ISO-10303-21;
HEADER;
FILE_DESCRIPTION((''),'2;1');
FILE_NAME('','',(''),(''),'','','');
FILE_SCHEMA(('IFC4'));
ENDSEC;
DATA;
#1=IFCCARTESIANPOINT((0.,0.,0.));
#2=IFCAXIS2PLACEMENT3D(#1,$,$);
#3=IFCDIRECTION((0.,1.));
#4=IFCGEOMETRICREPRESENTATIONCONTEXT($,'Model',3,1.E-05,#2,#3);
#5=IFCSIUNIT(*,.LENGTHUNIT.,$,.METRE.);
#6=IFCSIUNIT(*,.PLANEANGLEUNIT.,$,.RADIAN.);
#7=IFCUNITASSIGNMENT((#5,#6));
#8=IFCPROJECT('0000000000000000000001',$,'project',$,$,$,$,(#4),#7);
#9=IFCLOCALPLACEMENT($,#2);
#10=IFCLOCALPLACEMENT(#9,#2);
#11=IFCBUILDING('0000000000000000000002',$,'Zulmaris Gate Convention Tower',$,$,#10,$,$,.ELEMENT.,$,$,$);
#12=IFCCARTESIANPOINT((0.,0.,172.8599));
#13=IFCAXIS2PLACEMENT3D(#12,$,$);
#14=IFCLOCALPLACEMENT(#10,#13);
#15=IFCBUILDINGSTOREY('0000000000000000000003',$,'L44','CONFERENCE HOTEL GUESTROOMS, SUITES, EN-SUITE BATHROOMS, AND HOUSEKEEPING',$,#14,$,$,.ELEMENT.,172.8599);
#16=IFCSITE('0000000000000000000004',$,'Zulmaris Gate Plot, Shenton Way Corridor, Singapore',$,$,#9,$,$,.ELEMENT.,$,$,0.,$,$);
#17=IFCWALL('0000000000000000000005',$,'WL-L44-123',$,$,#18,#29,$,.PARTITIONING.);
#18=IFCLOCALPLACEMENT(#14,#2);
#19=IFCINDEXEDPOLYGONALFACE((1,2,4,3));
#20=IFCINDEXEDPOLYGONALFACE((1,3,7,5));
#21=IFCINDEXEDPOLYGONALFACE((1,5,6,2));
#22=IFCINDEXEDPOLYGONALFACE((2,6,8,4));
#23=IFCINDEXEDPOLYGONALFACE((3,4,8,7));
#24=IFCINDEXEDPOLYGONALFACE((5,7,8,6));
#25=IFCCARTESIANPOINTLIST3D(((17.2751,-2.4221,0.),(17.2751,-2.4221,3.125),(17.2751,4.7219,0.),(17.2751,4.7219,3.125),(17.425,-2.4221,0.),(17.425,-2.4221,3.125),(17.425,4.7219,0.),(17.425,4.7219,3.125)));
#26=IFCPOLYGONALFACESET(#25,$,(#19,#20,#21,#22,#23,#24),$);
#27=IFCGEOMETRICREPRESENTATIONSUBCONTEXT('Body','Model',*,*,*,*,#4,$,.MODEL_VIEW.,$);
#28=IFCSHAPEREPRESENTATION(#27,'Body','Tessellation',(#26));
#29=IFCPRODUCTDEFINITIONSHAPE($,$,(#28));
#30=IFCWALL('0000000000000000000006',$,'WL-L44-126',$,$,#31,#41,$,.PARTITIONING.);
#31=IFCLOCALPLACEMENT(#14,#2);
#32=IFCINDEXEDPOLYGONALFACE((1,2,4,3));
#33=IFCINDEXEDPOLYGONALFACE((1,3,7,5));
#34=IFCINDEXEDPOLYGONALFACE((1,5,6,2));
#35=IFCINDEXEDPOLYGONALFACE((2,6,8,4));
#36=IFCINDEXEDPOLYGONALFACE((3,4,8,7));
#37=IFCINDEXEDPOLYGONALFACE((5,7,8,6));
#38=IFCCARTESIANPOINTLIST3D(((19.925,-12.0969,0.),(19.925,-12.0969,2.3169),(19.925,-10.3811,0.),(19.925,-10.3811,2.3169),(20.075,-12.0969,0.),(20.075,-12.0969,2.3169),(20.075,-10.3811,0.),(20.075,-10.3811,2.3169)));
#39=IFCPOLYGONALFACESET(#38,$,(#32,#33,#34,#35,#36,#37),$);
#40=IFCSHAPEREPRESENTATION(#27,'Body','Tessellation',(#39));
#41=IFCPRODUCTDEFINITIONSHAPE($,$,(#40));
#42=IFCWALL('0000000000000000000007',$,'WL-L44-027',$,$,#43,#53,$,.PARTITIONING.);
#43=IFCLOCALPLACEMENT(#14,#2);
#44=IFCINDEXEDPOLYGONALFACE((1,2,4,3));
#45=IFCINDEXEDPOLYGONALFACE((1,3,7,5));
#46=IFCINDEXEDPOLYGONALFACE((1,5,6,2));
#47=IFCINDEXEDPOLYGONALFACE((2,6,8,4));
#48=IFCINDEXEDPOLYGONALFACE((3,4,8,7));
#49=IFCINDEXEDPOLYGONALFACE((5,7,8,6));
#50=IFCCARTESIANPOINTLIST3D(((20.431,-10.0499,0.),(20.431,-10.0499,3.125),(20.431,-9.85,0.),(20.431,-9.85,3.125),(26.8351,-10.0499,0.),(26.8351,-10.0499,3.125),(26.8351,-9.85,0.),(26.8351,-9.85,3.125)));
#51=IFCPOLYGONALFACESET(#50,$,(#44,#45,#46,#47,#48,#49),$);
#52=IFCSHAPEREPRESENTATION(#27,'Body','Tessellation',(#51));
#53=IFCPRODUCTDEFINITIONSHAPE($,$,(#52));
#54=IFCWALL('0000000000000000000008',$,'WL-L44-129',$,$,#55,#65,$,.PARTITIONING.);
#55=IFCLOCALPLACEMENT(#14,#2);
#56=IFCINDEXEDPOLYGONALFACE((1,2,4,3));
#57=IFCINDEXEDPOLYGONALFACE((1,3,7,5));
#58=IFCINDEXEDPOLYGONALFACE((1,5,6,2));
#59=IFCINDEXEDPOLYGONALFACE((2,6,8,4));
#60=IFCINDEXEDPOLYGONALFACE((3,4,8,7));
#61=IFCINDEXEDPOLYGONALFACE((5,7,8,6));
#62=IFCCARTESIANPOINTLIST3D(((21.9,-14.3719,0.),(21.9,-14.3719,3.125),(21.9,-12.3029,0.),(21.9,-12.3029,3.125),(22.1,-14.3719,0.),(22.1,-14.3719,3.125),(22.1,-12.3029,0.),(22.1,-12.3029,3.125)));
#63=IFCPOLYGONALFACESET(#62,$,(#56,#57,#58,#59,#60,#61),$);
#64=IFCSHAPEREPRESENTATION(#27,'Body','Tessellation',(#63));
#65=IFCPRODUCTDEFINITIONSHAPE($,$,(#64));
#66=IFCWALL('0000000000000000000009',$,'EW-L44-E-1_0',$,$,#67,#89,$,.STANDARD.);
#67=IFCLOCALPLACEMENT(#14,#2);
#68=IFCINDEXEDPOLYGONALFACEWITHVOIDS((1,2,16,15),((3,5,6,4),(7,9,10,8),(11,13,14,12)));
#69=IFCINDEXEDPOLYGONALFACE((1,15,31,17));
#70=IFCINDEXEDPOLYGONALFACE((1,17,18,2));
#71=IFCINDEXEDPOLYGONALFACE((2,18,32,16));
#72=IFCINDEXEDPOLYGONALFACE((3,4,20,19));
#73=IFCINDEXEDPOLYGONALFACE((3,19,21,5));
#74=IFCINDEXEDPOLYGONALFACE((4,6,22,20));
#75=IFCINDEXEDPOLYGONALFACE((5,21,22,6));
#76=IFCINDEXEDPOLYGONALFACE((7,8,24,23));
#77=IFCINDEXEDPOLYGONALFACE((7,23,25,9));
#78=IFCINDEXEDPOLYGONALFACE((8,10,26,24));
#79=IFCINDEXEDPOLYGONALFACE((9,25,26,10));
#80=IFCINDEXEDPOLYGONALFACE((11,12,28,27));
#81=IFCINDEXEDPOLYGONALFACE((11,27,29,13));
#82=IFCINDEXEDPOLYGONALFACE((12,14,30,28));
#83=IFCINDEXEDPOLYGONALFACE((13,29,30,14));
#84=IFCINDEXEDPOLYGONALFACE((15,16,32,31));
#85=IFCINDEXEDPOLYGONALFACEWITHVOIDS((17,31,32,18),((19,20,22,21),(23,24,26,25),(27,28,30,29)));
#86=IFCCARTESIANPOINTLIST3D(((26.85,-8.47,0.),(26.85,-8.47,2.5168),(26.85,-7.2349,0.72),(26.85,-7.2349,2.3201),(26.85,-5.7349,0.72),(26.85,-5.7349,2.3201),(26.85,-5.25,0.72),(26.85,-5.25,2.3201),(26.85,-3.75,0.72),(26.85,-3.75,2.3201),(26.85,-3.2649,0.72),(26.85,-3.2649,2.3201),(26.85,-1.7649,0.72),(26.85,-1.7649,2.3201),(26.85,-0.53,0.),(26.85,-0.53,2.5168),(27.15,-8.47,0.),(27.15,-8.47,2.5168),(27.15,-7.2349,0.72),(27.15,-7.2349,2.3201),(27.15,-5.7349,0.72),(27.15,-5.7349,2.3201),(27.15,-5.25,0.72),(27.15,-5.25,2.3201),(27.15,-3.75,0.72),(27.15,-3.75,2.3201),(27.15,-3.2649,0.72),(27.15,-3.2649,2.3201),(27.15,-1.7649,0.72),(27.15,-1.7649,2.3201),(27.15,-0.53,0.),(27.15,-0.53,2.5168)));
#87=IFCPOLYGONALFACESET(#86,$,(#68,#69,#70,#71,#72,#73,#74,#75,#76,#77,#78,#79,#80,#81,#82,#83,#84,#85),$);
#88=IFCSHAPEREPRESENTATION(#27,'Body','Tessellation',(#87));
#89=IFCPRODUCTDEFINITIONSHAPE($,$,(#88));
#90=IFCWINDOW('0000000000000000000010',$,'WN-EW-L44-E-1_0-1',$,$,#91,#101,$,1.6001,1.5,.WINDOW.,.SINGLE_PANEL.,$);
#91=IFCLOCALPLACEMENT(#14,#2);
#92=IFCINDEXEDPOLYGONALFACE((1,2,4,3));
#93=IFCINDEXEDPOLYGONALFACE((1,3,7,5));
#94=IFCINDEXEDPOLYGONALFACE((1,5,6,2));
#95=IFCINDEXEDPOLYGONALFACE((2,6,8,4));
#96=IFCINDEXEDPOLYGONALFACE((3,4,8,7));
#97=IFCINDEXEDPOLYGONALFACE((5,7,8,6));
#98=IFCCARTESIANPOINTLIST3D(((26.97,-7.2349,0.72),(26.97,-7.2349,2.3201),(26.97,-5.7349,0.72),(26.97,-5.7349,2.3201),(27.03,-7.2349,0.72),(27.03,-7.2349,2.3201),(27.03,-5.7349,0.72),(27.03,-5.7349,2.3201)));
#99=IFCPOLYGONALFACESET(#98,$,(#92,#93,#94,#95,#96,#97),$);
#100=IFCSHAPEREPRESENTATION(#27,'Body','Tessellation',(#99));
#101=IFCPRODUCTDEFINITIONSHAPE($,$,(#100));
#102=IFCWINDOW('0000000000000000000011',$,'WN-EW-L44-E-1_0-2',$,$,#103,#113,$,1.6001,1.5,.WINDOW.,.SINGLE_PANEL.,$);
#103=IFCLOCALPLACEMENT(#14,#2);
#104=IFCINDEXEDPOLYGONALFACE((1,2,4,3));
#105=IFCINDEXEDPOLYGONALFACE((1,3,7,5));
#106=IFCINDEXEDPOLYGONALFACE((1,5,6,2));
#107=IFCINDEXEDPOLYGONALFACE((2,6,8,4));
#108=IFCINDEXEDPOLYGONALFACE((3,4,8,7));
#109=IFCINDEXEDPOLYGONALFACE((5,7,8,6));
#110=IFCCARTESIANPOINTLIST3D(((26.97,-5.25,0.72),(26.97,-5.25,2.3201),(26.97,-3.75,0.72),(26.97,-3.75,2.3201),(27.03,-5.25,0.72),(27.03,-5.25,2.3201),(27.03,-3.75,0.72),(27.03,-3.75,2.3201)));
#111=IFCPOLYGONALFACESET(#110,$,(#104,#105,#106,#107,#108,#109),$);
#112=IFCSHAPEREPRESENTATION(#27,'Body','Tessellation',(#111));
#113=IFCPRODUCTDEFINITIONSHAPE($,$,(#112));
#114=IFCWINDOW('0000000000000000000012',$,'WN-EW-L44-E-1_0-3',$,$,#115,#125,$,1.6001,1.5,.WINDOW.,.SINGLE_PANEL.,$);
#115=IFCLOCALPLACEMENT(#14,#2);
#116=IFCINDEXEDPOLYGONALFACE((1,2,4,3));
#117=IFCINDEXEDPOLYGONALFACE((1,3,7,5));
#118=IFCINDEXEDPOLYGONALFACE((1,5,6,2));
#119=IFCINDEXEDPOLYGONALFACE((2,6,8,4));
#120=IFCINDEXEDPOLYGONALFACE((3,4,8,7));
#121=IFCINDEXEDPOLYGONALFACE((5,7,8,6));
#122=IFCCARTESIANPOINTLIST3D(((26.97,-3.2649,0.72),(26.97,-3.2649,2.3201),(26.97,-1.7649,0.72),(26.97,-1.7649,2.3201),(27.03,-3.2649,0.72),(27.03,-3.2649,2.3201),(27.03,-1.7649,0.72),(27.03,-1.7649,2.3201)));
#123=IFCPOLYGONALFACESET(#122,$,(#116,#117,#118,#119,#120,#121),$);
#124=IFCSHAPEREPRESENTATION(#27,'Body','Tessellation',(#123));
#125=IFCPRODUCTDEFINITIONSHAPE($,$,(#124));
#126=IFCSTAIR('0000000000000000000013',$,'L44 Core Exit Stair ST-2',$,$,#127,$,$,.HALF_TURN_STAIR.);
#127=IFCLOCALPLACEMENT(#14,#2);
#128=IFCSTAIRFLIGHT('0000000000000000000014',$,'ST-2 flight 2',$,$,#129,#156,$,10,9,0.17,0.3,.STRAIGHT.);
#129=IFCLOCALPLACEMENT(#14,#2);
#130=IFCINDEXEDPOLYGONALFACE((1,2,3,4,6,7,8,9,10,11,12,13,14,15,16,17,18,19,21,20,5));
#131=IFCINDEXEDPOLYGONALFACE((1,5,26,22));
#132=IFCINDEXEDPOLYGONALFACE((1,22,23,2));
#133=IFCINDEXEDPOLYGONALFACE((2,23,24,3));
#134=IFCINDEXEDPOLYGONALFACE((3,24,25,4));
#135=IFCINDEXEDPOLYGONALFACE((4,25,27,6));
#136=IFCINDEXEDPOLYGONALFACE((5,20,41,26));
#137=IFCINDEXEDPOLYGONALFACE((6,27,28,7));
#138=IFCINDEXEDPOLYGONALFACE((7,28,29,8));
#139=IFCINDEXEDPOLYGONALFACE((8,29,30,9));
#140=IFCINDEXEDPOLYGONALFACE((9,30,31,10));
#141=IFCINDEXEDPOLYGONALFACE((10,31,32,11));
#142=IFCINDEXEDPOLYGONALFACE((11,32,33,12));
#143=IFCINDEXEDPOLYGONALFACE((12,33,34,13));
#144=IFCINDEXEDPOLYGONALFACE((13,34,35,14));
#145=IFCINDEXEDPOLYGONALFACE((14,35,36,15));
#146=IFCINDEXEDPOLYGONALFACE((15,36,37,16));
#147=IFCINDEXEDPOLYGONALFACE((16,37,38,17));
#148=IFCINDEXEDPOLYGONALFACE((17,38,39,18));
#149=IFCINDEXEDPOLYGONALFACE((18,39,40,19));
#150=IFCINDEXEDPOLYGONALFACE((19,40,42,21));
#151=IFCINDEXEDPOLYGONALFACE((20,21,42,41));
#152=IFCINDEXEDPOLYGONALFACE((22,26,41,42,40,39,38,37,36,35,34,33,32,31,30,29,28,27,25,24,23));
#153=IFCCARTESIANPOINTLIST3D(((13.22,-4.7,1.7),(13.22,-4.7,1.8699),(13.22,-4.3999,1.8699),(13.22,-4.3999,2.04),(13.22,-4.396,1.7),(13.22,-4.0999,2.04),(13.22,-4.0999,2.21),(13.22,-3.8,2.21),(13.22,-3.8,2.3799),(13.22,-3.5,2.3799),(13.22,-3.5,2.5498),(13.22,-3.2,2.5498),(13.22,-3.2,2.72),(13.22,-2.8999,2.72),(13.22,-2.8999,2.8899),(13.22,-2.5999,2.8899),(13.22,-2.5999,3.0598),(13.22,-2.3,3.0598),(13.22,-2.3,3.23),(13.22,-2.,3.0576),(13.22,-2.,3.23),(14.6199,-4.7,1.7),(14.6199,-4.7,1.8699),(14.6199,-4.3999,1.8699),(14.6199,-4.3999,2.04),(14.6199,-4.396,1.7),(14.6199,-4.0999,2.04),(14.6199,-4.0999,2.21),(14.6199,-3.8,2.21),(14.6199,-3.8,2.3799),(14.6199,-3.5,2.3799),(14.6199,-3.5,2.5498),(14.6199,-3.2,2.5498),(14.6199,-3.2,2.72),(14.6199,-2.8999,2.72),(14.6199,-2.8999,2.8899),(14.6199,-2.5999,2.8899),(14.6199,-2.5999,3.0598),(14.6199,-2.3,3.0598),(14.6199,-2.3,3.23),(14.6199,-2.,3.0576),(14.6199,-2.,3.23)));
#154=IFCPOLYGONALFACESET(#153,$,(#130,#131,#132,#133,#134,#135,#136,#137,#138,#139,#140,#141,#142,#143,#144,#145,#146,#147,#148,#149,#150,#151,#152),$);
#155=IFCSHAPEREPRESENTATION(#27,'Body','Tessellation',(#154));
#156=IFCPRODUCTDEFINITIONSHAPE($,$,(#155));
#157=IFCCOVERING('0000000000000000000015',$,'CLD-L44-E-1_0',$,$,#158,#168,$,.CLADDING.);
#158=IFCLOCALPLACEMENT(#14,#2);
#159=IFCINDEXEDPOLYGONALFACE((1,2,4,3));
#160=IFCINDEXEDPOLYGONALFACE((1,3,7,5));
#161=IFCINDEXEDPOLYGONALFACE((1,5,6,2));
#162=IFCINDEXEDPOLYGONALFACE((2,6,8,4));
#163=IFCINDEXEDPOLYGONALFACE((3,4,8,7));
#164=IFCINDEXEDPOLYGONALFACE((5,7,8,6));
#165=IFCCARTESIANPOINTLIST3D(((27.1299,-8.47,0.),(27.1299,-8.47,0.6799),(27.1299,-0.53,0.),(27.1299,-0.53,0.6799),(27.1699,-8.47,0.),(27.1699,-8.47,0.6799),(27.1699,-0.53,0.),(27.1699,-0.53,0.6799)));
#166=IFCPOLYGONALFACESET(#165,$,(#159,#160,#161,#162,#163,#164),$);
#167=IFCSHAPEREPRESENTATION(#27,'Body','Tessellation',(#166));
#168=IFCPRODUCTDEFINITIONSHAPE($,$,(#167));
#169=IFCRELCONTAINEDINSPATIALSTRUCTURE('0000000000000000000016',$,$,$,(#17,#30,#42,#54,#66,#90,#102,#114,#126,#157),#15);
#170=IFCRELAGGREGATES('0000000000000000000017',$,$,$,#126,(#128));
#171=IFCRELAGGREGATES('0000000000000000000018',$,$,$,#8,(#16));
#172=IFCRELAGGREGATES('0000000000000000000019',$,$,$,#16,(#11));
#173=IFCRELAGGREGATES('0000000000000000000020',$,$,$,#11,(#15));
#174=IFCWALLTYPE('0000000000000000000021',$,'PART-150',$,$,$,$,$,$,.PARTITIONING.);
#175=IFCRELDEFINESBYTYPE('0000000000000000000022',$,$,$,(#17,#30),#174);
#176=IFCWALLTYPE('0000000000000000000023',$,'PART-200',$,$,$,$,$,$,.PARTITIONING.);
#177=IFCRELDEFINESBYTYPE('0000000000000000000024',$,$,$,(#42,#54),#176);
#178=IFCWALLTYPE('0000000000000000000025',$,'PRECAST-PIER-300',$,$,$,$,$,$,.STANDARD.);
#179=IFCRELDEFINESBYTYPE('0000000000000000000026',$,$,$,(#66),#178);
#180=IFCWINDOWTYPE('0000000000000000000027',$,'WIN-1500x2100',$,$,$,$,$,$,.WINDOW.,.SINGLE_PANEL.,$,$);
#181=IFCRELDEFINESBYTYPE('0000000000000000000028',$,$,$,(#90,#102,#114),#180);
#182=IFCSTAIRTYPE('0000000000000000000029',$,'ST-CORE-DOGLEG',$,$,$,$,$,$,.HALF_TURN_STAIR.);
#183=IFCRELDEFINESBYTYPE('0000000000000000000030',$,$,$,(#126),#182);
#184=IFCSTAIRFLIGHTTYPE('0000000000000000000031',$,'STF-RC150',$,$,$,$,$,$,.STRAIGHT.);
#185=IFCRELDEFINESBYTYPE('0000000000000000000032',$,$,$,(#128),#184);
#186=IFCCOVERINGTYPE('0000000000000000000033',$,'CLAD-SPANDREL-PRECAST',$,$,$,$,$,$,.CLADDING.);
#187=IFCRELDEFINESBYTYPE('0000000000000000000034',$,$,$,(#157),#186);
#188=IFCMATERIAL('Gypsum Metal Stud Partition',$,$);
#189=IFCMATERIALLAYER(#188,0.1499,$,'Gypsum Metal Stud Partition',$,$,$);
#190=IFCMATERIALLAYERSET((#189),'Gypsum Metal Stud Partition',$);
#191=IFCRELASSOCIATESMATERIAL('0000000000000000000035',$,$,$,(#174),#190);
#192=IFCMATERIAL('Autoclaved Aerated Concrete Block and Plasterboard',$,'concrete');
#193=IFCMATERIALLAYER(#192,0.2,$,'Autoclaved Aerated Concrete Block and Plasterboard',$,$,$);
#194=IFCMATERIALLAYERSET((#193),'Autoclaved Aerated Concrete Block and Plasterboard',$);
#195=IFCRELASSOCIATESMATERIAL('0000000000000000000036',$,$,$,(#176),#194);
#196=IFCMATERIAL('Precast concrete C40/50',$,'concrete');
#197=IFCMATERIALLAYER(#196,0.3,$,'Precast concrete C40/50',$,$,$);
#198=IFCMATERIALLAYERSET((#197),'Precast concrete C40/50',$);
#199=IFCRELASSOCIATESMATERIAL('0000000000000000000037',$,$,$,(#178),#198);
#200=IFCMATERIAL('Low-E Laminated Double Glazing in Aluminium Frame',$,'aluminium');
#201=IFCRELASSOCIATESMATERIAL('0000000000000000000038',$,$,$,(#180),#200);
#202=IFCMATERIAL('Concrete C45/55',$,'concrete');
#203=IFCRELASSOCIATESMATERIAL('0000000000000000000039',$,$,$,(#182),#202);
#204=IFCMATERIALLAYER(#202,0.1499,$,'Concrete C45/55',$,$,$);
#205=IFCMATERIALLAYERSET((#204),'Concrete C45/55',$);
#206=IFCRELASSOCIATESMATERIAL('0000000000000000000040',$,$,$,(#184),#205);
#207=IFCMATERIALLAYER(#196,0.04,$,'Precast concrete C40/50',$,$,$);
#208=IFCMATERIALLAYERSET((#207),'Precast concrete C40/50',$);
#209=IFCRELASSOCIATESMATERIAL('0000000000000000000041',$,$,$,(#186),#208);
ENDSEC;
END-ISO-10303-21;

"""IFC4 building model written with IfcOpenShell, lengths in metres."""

from ifc_helpers import new_model, si_unit, direction, frame, frame_2d, origin, place, context, subcontext, project, spatial, polyline, rectangle, outline, extrude, material, layer, layer_set, type_object, element, fill, aggregate, save


model = new_model("IFC4")

# Units and contexts
model_context = context("Model", 3, precision=1e-05, world=origin(), true_north=direction((0.0, 1.0)))
body_context = subcontext(model_context, "Body", "Model", "MODEL_VIEW")
ifc_project = project(units=[si_unit("LENGTHUNIT", "METRE"), si_unit("PLANEANGLEUNIT", "RADIAN")], contexts=[model_context])

# Site, building, storey
site_placement = place(None, origin())
site = spatial("IfcSite", under=ifc_project, at=site_placement, Name="Zulmaris Gate Plot, Shenton Way Corridor, Singapore", CompositionType="ELEMENT", RefElevation=0.0)
building_placement = place(site_placement, origin())
building = spatial("IfcBuilding", under=site, at=building_placement, Name="Zulmaris Gate Convention Tower", CompositionType="ELEMENT")
storey_placement = place(building_placement, frame((0.0, 0.0, 172.8599)))
storey = spatial("IfcBuildingStorey", under=building, at=storey_placement, Name="L44", Description="CONFERENCE HOTEL GUESTROOMS, SUITES, EN-SUITE BATHROOMS, AND HOUSEKEEPING", CompositionType="ELEMENT", Elevation=172.8599)

# Shared definitions
ifc_material_1 = material(Name="Gypsum Metal Stud Partition")
ifc_layer_1 = layer(ifc_material_1, 0.1499, Name="Gypsum Metal Stud Partition")
ifc_layer_set_1 = layer_set([ifc_layer_1], Name="Gypsum Metal Stud Partition")
wall_type_1 = type_object("IfcWallType", Name="PART-150", PredefinedType="PARTITIONING", material=ifc_layer_set_1)

# Walls
wall_1_placement = place(storey_placement, frame((17.3501, -2.4221, 0.0), z_axis=(0.0, 0.0, 1.0), x_axis=(0.0, 1.0, 0.0)))
element("IfcWall", 1, at=wall_1_placement, inside=storey, type_object=wall_type_1, Name="WL-L44-123", PredefinedType="PARTITIONING", context=body_context, shape_type="SweptSolid", body=[
    extrude(rectangle(XDim=7.144, YDim=0.1499, at=frame_2d((3.572, 0.0))), origin(), (0.0, 0.0, 1.0), 3.125),
])
wall_2_placement = place(storey_placement, frame((20.0, -12.0969, 0.0), z_axis=(0.0, 0.0, 1.0), x_axis=(0.0, 1.0, 0.0)))
element("IfcWall", 2, at=wall_2_placement, inside=storey, type_object=wall_type_1, Name="WL-L44-126", PredefinedType="PARTITIONING", context=body_context, shape_type="SweptSolid", body=[
    extrude(rectangle(XDim=1.7158, YDim=0.1499, at=frame_2d((0.8579, 0.0))), origin(), (0.0, 0.0, 1.0), 2.3169),
])
ifc_material_2 = material(Name="Autoclaved Aerated Concrete Block and Plasterboard", Category="concrete")
ifc_layer_2 = layer(ifc_material_2, 0.2, Name="Autoclaved Aerated Concrete Block and Plasterboard")
ifc_layer_set_2 = layer_set([ifc_layer_2], Name="Autoclaved Aerated Concrete Block and Plasterboard")
wall_type_2 = type_object("IfcWallType", Name="PART-200", PredefinedType="PARTITIONING", material=ifc_layer_set_2)
wall_3_placement = place(storey_placement, frame((20.4309, -9.95, 0.0), z_axis=(0.0, 0.0, 1.0), x_axis=(1.0, 0.0, 0.0)))
element("IfcWall", 3, at=wall_3_placement, inside=storey, type_object=wall_type_2, Name="WL-L44-027", PredefinedType="PARTITIONING", context=body_context, shape_type="SweptSolid", body=[
    extrude(rectangle(XDim=6.4041, YDim=0.2, at=frame_2d((3.2021, 0.0))), origin(), (0.0, 0.0, 1.0), 3.125),
])
wall_4_placement = place(storey_placement, frame((22.0, -14.3721, 0.0), z_axis=(0.0, 0.0, 1.0), x_axis=(0.0, 1.0, 0.0)))
element("IfcWall", 4, at=wall_4_placement, inside=storey, type_object=wall_type_2, Name="WL-L44-129", PredefinedType="PARTITIONING", context=body_context, shape_type="SweptSolid", body=[
    extrude(rectangle(XDim=2.0691, YDim=0.2, at=frame_2d((1.0347, 0.0))), origin(), (0.0, 0.0, 1.0), 3.125),
])

# Wall, openings, windows
ifc_material_3 = material(Name="Precast concrete C40/50", Category="concrete")
ifc_layer_3 = layer(ifc_material_3, 0.3, Name="Precast concrete C40/50")
ifc_layer_set_3 = layer_set([ifc_layer_3], Name="Precast concrete C40/50")
wall_type_3 = type_object("IfcWallType", Name="PRECAST-PIER-300", PredefinedType="STANDARD", material=ifc_layer_set_3)
wall_5_placement = place(storey_placement, frame((27.0, -8.47, 0.0), z_axis=(0.0, 0.0, 1.0), x_axis=(0.0, 1.0, 0.0)))
wall_5 = element("IfcWall", 5, at=wall_5_placement, inside=storey, type_object=wall_type_3, Name="EW-L44-E-1_0", PredefinedType="STANDARD", context=body_context, shape_type="SweptSolid", body=[
    extrude(rectangle(XDim=7.9399, YDim=0.3, at=frame_2d((3.97, 0.0))), origin(), (0.0, 0.0, 1.0), 2.5168),
])
opening_1_placement = place(wall_5_placement, frame((1.2351, 0.0, 0.72)))
opening_1 = element("IfcOpeningElement", 6, at=opening_1_placement, cuts=wall_5, PredefinedType="OPENING", context=body_context, shape_type="SweptSolid", body=[
    extrude(rectangle(XDim=1.5, YDim=1.6001, at=frame_2d((0.75, 0.8))), frame((0.0, 0.1602, 0.0), z_axis=(0.0, -1.0, 0.0), x_axis=(1.0, 0.0, 0.0)), (0.0, 0.0, 1.0), 0.3201),
])
opening_2_placement = place(wall_5_placement, frame((3.22, 0.0, 0.72)))
opening_2 = element("IfcOpeningElement", 7, at=opening_2_placement, cuts=wall_5, PredefinedType="OPENING", context=body_context, shape_type="SweptSolid", body=[
    extrude(rectangle(XDim=1.5, YDim=1.6001, at=frame_2d((0.75, 0.8))), frame((0.0, 0.1602, 0.0), z_axis=(0.0, -1.0, 0.0), x_axis=(1.0, 0.0, 0.0)), (0.0, 0.0, 1.0), 0.3201),
])
opening_3_placement = place(wall_5_placement, frame((5.2051, 0.0, 0.72)))
opening_3 = element("IfcOpeningElement", 8, at=opening_3_placement, cuts=wall_5, PredefinedType="OPENING", context=body_context, shape_type="SweptSolid", body=[
    extrude(rectangle(XDim=1.5, YDim=1.6001, at=frame_2d((0.75, 0.8))), frame((0.0, 0.1602, 0.0), z_axis=(0.0, -1.0, 0.0), x_axis=(1.0, 0.0, 0.0)), (0.0, 0.0, 1.0), 0.3201),
])
ifc_material_4 = material(Name="Low-E Laminated Double Glazing in Aluminium Frame", Category="aluminium")
window_type = type_object("IfcWindowType", Name="WIN-1500x2100", PartitioningType="SINGLE_PANEL", PredefinedType="WINDOW", material=ifc_material_4)
window_1_placement = place(opening_1_placement, origin())
window_1 = element("IfcWindow", 9, at=window_1_placement, inside=storey, type_object=window_type, Name="WN-EW-L44-E-1_0-1", OverallHeight=1.6001, OverallWidth=1.5, PartitioningType="SINGLE_PANEL", PredefinedType="WINDOW", context=body_context, shape_type="SweptSolid", body=[
    extrude(rectangle(XDim=1.5, YDim=1.6001, at=frame_2d((0.75, 0.8))), frame((0.0, 0.03, 0.0), z_axis=(0.0, -1.0, 0.0), x_axis=(1.0, 0.0, 0.0)), (0.0, 0.0, 1.0), 0.0601),
])
fill(opening_1, window_1)
window_2_placement = place(opening_2_placement, origin())
window_2 = element("IfcWindow", 10, at=window_2_placement, inside=storey, type_object=window_type, Name="WN-EW-L44-E-1_0-2", OverallHeight=1.6001, OverallWidth=1.5, PartitioningType="SINGLE_PANEL", PredefinedType="WINDOW", context=body_context, shape_type="SweptSolid", body=[
    extrude(rectangle(XDim=1.5, YDim=1.6001, at=frame_2d((0.75, 0.8))), frame((0.0, 0.03, 0.0), z_axis=(0.0, -1.0, 0.0), x_axis=(1.0, 0.0, 0.0)), (0.0, 0.0, 1.0), 0.0601),
])
fill(opening_2, window_2)
window_3_placement = place(opening_3_placement, origin())
window_3 = element("IfcWindow", 11, at=window_3_placement, inside=storey, type_object=window_type, Name="WN-EW-L44-E-1_0-3", OverallHeight=1.6001, OverallWidth=1.5, PartitioningType="SINGLE_PANEL", PredefinedType="WINDOW", context=body_context, shape_type="SweptSolid", body=[
    extrude(rectangle(XDim=1.5, YDim=1.6001, at=frame_2d((0.75, 0.8))), frame((0.0, 0.03, 0.0), z_axis=(0.0, -1.0, 0.0), x_axis=(1.0, 0.0, 0.0)), (0.0, 0.0, 1.0), 0.0601),
])
fill(opening_3, window_3)

# Stair, stair flight
ifc_material_5 = material(Name="Concrete C45/55", Category="concrete")
stair_type = type_object("IfcStairType", Name="ST-CORE-DOGLEG", PredefinedType="HALF_TURN_STAIR", material=ifc_material_5)
stair_placement = place(storey_placement, origin())
stair = element("IfcStair", 12, at=stair_placement, inside=storey, type_object=stair_type, Name="L44 Core Exit Stair ST-2", PredefinedType="HALF_TURN_STAIR")
ifc_layer_4 = layer(ifc_material_5, 0.1499, Name="Concrete C45/55")
ifc_layer_set_4 = layer_set([ifc_layer_4], Name="Concrete C45/55")
stair_flight_type = type_object("IfcStairFlightType", Name="STF-RC150", PredefinedType="STRAIGHT", material=ifc_layer_set_4)
stair_flight_placement = place(storey_placement, frame((13.9199, -4.7, 1.7), z_axis=(0.0, 0.0, 1.0), x_axis=(0.0, 1.0, 0.0)))
stair_flight = element("IfcStairFlight", 13, at=stair_flight_placement, type_object=stair_flight_type, Name="ST-2 flight 2", NumberOfRisers=10, NumberOfTreads=9, PredefinedType="STRAIGHT", RiserHeight=0.17, TreadLength=0.3, context=body_context, shape_type="SweptSolid", body=[
    extrude(outline(polyline([(0.0, 0.0), (0.0, 0.1699), (0.3, 0.1699), (0.3, 0.3401), (0.6001, 0.3401), (0.6001, 0.51), (0.8999, 0.51), (0.8999, 0.6799), (1.2, 0.6799), (1.2, 0.8499), (1.5, 0.8499), (1.5, 1.02), (1.8, 1.02), (1.8, 1.1899), (2.1001, 1.1899), (2.1001, 1.3599), (2.3999, 1.3599), (2.3999, 1.53), (2.7, 1.53), (2.7, 1.7), (2.7, 1.3577), (0.304, 0.0), (0.0, 0.0)])), frame((0.0, 0.7, 0.0), z_axis=(0.0, -1.0, 0.0), x_axis=(1.0, 0.0, 0.0)), (0.0, 0.0, 1.0), 1.3999),
])
aggregate(stair, [stair_flight])

# Covering
ifc_layer_5 = layer(ifc_material_3, 0.04, Name="Precast concrete C40/50")
ifc_layer_set_5 = layer_set([ifc_layer_5], Name="Precast concrete C40/50")
covering_type = type_object("IfcCoveringType", Name="CLAD-SPANDREL-PRECAST", PredefinedType="CLADDING", material=ifc_layer_set_5)
covering_placement = place(storey_placement, frame((27.1499, -8.47, 0.0), z_axis=(0.0, 0.0, 1.0), x_axis=(0.0, 1.0, 0.0)))
element("IfcCovering", 14, at=covering_placement, inside=storey, type_object=covering_type, Name="CLD-L44-E-1_0", PredefinedType="CLADDING", context=body_context, shape_type="SweptSolid", body=[
    extrude(rectangle(XDim=7.9399, YDim=0.04, at=frame_2d((3.97, 0.0))), origin(), (0.0, 0.0, 1.0), 0.6799),
])

save(model, "model.ifc")
